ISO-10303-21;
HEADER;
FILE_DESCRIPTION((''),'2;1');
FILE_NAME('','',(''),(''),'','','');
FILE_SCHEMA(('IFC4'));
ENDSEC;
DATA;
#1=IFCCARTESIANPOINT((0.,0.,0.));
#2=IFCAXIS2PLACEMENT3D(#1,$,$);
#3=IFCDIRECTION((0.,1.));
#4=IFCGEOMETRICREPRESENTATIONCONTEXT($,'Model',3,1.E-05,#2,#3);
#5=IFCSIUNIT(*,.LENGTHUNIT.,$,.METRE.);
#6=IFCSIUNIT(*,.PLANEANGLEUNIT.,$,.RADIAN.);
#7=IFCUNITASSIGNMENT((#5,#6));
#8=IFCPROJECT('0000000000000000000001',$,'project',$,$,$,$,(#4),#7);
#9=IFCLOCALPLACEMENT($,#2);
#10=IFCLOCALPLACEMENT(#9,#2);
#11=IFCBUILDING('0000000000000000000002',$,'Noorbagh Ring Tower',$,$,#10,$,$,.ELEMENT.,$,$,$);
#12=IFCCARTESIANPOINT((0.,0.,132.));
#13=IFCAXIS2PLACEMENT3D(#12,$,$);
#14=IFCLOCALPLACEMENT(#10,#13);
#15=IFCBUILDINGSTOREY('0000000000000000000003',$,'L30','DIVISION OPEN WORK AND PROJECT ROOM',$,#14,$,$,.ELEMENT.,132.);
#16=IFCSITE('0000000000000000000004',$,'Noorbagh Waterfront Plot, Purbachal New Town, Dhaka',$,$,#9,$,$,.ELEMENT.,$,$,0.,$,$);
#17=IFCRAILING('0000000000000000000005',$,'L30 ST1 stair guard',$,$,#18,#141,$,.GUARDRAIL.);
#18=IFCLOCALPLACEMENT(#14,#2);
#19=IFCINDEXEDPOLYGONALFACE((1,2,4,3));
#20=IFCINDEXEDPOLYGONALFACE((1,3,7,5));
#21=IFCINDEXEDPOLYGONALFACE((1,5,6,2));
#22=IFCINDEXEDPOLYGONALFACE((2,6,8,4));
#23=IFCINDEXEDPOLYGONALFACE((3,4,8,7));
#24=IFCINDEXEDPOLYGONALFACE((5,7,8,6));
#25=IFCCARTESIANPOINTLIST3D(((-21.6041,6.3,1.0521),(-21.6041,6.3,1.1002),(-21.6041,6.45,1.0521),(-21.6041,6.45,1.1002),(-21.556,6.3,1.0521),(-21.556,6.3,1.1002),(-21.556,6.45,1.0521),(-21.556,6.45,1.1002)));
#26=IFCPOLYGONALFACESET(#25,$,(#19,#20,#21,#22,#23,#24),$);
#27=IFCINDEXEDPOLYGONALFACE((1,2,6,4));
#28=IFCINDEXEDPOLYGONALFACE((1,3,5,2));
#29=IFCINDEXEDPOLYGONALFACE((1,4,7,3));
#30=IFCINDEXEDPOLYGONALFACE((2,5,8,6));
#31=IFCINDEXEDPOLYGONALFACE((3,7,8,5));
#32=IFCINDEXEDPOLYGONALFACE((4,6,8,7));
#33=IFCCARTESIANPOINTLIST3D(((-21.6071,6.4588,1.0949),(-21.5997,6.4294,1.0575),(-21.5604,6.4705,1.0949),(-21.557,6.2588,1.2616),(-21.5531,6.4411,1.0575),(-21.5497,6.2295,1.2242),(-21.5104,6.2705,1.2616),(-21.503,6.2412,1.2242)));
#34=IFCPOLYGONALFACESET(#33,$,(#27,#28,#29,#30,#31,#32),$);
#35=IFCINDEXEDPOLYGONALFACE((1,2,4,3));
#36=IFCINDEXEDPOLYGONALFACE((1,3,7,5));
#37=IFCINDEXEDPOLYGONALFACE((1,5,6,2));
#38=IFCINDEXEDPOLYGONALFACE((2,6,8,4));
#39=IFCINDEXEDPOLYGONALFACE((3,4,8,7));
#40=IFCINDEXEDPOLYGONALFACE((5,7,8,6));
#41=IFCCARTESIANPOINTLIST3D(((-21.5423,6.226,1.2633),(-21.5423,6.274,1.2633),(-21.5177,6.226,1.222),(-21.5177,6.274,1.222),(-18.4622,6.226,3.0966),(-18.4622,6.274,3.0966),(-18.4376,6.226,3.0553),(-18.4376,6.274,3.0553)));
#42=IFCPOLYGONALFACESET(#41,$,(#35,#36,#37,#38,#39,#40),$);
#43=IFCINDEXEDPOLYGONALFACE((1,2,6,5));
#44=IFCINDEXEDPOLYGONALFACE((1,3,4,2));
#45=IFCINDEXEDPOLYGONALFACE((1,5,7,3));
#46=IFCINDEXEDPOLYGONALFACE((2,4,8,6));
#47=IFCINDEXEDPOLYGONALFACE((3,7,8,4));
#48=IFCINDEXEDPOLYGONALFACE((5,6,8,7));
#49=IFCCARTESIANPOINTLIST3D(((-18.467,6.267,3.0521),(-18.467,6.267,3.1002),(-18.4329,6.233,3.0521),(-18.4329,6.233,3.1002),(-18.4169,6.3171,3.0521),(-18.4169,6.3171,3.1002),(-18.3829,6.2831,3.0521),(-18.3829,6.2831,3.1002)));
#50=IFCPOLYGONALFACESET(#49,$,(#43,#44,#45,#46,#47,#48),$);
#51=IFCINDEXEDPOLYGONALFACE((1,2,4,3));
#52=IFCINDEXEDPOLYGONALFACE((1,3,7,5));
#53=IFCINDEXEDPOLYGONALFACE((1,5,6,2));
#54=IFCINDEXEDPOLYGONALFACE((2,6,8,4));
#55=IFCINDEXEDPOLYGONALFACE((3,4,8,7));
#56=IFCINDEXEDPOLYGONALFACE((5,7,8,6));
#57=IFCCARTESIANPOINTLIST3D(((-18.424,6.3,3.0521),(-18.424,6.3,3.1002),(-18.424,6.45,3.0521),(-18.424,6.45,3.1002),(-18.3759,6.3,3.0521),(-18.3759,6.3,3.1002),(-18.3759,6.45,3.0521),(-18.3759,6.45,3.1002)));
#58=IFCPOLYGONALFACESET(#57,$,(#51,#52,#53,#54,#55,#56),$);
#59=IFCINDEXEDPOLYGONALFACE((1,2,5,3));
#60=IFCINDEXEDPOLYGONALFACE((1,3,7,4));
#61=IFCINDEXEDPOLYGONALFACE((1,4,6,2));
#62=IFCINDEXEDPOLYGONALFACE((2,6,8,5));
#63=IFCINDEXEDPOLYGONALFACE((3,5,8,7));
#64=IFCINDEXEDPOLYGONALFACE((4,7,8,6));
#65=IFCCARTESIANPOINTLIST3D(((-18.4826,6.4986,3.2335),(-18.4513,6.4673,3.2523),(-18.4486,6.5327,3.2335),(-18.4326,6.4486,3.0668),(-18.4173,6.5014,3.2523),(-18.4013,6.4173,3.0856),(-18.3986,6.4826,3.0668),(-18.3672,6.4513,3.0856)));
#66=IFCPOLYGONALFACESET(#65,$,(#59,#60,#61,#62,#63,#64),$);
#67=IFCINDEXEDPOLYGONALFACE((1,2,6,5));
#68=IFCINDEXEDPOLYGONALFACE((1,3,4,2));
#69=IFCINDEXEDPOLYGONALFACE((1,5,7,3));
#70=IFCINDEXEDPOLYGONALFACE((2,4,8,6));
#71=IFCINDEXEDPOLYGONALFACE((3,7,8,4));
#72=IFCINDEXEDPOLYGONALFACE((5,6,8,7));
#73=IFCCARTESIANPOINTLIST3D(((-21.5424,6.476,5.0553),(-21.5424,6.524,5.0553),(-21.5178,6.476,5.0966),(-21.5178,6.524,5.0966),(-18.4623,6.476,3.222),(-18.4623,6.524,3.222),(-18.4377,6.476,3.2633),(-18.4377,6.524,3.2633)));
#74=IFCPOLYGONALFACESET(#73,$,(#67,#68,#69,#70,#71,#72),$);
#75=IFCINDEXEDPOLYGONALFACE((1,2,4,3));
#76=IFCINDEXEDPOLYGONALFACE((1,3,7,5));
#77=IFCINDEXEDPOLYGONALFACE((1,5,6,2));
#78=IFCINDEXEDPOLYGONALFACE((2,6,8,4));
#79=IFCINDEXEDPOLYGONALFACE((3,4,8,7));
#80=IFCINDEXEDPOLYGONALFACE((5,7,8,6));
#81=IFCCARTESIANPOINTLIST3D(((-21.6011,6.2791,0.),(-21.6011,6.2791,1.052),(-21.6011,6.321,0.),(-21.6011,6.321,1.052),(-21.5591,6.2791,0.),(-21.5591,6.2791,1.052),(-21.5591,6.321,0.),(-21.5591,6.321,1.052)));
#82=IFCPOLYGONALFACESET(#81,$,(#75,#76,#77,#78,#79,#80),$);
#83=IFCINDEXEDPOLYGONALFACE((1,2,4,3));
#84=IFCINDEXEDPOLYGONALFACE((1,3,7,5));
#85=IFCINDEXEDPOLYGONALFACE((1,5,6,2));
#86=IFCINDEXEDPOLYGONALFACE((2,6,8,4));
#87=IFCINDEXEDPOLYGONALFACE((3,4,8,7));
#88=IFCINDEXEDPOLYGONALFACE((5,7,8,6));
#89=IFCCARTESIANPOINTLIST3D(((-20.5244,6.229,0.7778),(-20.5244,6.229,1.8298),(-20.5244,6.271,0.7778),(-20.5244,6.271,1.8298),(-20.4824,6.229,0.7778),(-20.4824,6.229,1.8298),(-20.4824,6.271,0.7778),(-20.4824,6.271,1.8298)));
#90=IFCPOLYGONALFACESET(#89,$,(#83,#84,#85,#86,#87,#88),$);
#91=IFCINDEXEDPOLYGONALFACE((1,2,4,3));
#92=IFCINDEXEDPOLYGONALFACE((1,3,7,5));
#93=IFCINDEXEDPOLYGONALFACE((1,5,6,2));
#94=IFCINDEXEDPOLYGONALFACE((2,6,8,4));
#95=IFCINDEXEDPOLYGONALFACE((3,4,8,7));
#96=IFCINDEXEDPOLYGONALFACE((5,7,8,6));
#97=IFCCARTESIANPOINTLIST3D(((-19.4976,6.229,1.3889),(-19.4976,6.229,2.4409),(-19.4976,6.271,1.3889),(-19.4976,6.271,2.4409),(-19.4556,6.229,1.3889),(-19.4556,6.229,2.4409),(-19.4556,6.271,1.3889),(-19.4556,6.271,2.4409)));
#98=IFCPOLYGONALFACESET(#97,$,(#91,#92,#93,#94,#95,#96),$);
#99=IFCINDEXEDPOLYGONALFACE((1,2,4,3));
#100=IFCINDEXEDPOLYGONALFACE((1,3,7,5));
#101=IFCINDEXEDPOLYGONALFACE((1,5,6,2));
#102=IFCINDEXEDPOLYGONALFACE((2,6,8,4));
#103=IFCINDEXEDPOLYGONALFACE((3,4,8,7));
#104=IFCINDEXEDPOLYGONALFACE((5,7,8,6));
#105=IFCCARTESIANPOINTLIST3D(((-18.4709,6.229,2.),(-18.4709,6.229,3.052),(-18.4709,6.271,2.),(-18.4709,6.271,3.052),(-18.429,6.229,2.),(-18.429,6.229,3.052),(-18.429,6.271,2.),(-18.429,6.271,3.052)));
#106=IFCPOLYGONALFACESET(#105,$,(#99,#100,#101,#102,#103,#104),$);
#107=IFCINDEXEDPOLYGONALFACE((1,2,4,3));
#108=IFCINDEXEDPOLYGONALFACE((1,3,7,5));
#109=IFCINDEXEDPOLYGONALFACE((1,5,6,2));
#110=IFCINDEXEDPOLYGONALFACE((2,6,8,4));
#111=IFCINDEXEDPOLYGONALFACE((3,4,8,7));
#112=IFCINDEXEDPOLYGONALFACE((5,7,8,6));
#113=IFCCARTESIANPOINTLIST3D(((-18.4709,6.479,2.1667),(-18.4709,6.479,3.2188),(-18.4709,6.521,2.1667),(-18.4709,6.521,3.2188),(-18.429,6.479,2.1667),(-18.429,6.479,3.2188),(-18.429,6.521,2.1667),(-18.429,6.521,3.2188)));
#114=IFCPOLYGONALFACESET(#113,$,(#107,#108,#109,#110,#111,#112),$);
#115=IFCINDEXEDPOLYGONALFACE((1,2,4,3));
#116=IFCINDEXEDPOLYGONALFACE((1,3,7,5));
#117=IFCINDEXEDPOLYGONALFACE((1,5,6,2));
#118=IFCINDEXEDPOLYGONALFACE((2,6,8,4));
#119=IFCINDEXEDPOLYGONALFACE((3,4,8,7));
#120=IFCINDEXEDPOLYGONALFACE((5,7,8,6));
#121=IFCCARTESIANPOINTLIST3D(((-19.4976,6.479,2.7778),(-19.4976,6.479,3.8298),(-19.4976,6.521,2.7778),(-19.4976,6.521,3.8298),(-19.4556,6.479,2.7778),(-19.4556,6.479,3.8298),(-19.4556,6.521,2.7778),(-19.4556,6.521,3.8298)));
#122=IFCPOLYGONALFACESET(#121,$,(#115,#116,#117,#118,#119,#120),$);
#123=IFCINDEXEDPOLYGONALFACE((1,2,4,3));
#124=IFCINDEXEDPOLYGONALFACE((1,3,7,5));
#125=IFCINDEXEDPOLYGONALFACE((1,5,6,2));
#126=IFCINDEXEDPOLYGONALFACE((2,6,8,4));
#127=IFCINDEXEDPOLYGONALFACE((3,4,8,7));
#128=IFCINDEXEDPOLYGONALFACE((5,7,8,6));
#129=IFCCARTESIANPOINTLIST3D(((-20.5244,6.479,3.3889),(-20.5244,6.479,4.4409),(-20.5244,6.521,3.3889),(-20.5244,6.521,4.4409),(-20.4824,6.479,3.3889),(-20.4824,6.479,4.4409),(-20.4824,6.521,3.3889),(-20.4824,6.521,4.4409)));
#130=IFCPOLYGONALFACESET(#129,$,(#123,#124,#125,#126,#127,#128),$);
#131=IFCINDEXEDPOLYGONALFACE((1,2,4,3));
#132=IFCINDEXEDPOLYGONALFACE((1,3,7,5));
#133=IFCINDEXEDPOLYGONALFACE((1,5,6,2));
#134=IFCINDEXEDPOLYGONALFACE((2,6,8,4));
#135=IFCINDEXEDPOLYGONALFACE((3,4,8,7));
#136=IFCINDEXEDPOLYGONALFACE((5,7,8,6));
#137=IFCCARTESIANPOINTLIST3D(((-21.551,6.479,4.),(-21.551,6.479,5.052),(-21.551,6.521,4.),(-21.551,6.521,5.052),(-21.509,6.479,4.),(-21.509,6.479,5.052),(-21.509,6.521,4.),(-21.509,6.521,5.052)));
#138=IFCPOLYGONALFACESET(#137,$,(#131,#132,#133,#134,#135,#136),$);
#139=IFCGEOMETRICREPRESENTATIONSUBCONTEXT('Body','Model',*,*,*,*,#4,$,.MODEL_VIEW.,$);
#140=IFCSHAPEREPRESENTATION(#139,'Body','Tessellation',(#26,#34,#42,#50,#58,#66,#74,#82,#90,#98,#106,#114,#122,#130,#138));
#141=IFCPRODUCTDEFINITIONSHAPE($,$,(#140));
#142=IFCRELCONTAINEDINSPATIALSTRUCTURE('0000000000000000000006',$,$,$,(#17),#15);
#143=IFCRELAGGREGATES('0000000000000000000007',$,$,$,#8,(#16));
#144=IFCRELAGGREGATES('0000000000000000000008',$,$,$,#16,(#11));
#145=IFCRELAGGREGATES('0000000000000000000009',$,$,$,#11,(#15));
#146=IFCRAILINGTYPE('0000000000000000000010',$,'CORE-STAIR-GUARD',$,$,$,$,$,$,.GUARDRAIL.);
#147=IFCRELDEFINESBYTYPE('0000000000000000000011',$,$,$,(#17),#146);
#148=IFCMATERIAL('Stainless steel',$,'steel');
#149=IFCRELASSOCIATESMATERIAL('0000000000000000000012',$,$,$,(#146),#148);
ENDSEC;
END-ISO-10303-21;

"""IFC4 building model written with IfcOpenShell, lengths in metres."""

from ifc_helpers import new_model, si_unit, direction, frame, origin, origin_2d, place, context, subcontext, project, spatial, rectangle, extrude, material, type_object, element, save


model = new_model("IFC4")

# Units and contexts
model_context = context("Model", 3, precision=1e-05, world=origin(), true_north=direction((0.0, 1.0)))
body_context = subcontext(model_context, "Body", "Model", "MODEL_VIEW")
ifc_project = project(units=[si_unit("LENGTHUNIT", "METRE"), si_unit("PLANEANGLEUNIT", "RADIAN")], contexts=[model_context])

# Site, building, storey
site_placement = place(None, origin())
site = spatial("IfcSite", under=ifc_project, at=site_placement, Name="Noorbagh Waterfront Plot, Purbachal New Town, Dhaka", CompositionType="ELEMENT", RefElevation=0.0)
building_placement = place(site_placement, origin())
building = spatial("IfcBuilding", under=site, at=building_placement, Name="Noorbagh Ring Tower", CompositionType="ELEMENT")
storey_placement = place(building_placement, frame((0.0, 0.0, 132.0)))
storey = spatial("IfcBuildingStorey", under=building, at=storey_placement, Name="L30", Description="DIVISION OPEN WORK AND PROJECT ROOM", CompositionType="ELEMENT", Elevation=132.0)

# Railing
ifc_material_1 = material(Name="Stainless steel", Category="steel")
railing_type = type_object("IfcRailingType", Name="CORE-STAIR-GUARD", PredefinedType="GUARDRAIL", material=ifc_material_1)
railing_placement = place(storey_placement, frame((-21.5801, 6.3, 0.0)))
element("IfcRailing", 1, at=railing_placement, inside=storey, type_object=railing_type, Name="L30 ST1 stair guard", PredefinedType="GUARDRAIL", context=body_context, shape_type="SweptSolid", body=[
    extrude(rectangle(XDim=0.0481, YDim=0.0481, at=origin_2d()), frame((0.0, 0.0, 1.0762), z_axis=(0.0, 1.0, 0.0), x_axis=(-1.0, 0.0, 0.0)), (0.0, 0.0, 1.0), 0.1499),
    extrude(rectangle(XDim=0.0481, YDim=0.0481, at=origin_2d()), frame((0.0, 0.1499, 1.0762), z_axis=(0.188776, -0.754182, 0.628946), x_axis=(0.970073, 0.242814, 0.0)), (0.0, 0.0, 1.0), 0.2651),
    extrude(rectangle(XDim=0.0481, YDim=0.0481, at=origin_2d()), frame((0.05, -0.05, 1.2427), z_axis=(0.859309, 0.0, 0.511458), x_axis=(0.0, 1.0, 0.0)), (0.0, 0.0, 1.0), 3.5845),
    extrude(rectangle(XDim=0.0481, YDim=0.0481, at=origin_2d()), frame((3.1301, -0.05, 3.0762), z_axis=(0.707107, 0.707107, 0.0), x_axis=(-0.707107, 0.707107, 0.0)), (0.0, 0.0, 1.0), 0.0708),
    extrude(rectangle(XDim=0.0481, YDim=0.0481, at=origin_2d()), frame((3.1802, 0.0, 3.0762), z_axis=(0.0, 1.0, 0.0), x_axis=(-1.0, 0.0, 0.0)), (0.0, 0.0, 1.0), 0.1499),
    extrude(rectangle(XDim=0.0481, YDim=0.0481, at=origin_2d()), frame((3.1802, 0.1499, 3.0762), z_axis=(-0.276287, 0.276287, 0.920506), x_axis=(-0.707107, -0.707107, 0.0)), (0.0, 0.0, 1.0), 0.1812),
    extrude(rectangle(XDim=0.0481, YDim=0.0481, at=origin_2d()), frame((3.1301, 0.2, 3.2427), z_axis=(-0.859309, 0.0, 0.511458), x_axis=(0.0, -1.0, 0.0)), (0.0, 0.0, 1.0), 3.5845),
    extrude(rectangle(XDim=0.042, YDim=0.042, at=origin_2d()), origin(), (0.0, 0.0, 1.0), 1.052),
    extrude(rectangle(XDim=0.042, YDim=0.042, at=origin_2d()), frame((1.0767, -0.05, 0.7778)), (0.0, 0.0, 1.0), 1.052),
    extrude(rectangle(XDim=0.042, YDim=0.042, at=origin_2d()), frame((2.1035, -0.05, 1.3889)), (0.0, 0.0, 1.0), 1.052),
    extrude(rectangle(XDim=0.042, YDim=0.042, at=origin_2d()), frame((3.1301, -0.05, 2.0)), (0.0, 0.0, 1.0), 1.052),
    extrude(rectangle(XDim=0.042, YDim=0.042, at=origin_2d()), frame((3.1301, 0.2, 2.1667)), (0.0, 0.0, 1.0), 1.052),
    extrude(rectangle(XDim=0.042, YDim=0.042, at=origin_2d()), frame((2.1035, 0.2, 2.7778)), (0.0, 0.0, 1.0), 1.052),
    extrude(rectangle(XDim=0.042, YDim=0.042, at=origin_2d()), frame((1.0767, 0.2, 3.3889)), (0.0, 0.0, 1.0), 1.052),
    extrude(rectangle(XDim=0.042, YDim=0.042, at=origin_2d()), frame((0.05, 0.2, 4.0)), (0.0, 0.0, 1.0), 1.052),
])

save(model, "model.ifc")
